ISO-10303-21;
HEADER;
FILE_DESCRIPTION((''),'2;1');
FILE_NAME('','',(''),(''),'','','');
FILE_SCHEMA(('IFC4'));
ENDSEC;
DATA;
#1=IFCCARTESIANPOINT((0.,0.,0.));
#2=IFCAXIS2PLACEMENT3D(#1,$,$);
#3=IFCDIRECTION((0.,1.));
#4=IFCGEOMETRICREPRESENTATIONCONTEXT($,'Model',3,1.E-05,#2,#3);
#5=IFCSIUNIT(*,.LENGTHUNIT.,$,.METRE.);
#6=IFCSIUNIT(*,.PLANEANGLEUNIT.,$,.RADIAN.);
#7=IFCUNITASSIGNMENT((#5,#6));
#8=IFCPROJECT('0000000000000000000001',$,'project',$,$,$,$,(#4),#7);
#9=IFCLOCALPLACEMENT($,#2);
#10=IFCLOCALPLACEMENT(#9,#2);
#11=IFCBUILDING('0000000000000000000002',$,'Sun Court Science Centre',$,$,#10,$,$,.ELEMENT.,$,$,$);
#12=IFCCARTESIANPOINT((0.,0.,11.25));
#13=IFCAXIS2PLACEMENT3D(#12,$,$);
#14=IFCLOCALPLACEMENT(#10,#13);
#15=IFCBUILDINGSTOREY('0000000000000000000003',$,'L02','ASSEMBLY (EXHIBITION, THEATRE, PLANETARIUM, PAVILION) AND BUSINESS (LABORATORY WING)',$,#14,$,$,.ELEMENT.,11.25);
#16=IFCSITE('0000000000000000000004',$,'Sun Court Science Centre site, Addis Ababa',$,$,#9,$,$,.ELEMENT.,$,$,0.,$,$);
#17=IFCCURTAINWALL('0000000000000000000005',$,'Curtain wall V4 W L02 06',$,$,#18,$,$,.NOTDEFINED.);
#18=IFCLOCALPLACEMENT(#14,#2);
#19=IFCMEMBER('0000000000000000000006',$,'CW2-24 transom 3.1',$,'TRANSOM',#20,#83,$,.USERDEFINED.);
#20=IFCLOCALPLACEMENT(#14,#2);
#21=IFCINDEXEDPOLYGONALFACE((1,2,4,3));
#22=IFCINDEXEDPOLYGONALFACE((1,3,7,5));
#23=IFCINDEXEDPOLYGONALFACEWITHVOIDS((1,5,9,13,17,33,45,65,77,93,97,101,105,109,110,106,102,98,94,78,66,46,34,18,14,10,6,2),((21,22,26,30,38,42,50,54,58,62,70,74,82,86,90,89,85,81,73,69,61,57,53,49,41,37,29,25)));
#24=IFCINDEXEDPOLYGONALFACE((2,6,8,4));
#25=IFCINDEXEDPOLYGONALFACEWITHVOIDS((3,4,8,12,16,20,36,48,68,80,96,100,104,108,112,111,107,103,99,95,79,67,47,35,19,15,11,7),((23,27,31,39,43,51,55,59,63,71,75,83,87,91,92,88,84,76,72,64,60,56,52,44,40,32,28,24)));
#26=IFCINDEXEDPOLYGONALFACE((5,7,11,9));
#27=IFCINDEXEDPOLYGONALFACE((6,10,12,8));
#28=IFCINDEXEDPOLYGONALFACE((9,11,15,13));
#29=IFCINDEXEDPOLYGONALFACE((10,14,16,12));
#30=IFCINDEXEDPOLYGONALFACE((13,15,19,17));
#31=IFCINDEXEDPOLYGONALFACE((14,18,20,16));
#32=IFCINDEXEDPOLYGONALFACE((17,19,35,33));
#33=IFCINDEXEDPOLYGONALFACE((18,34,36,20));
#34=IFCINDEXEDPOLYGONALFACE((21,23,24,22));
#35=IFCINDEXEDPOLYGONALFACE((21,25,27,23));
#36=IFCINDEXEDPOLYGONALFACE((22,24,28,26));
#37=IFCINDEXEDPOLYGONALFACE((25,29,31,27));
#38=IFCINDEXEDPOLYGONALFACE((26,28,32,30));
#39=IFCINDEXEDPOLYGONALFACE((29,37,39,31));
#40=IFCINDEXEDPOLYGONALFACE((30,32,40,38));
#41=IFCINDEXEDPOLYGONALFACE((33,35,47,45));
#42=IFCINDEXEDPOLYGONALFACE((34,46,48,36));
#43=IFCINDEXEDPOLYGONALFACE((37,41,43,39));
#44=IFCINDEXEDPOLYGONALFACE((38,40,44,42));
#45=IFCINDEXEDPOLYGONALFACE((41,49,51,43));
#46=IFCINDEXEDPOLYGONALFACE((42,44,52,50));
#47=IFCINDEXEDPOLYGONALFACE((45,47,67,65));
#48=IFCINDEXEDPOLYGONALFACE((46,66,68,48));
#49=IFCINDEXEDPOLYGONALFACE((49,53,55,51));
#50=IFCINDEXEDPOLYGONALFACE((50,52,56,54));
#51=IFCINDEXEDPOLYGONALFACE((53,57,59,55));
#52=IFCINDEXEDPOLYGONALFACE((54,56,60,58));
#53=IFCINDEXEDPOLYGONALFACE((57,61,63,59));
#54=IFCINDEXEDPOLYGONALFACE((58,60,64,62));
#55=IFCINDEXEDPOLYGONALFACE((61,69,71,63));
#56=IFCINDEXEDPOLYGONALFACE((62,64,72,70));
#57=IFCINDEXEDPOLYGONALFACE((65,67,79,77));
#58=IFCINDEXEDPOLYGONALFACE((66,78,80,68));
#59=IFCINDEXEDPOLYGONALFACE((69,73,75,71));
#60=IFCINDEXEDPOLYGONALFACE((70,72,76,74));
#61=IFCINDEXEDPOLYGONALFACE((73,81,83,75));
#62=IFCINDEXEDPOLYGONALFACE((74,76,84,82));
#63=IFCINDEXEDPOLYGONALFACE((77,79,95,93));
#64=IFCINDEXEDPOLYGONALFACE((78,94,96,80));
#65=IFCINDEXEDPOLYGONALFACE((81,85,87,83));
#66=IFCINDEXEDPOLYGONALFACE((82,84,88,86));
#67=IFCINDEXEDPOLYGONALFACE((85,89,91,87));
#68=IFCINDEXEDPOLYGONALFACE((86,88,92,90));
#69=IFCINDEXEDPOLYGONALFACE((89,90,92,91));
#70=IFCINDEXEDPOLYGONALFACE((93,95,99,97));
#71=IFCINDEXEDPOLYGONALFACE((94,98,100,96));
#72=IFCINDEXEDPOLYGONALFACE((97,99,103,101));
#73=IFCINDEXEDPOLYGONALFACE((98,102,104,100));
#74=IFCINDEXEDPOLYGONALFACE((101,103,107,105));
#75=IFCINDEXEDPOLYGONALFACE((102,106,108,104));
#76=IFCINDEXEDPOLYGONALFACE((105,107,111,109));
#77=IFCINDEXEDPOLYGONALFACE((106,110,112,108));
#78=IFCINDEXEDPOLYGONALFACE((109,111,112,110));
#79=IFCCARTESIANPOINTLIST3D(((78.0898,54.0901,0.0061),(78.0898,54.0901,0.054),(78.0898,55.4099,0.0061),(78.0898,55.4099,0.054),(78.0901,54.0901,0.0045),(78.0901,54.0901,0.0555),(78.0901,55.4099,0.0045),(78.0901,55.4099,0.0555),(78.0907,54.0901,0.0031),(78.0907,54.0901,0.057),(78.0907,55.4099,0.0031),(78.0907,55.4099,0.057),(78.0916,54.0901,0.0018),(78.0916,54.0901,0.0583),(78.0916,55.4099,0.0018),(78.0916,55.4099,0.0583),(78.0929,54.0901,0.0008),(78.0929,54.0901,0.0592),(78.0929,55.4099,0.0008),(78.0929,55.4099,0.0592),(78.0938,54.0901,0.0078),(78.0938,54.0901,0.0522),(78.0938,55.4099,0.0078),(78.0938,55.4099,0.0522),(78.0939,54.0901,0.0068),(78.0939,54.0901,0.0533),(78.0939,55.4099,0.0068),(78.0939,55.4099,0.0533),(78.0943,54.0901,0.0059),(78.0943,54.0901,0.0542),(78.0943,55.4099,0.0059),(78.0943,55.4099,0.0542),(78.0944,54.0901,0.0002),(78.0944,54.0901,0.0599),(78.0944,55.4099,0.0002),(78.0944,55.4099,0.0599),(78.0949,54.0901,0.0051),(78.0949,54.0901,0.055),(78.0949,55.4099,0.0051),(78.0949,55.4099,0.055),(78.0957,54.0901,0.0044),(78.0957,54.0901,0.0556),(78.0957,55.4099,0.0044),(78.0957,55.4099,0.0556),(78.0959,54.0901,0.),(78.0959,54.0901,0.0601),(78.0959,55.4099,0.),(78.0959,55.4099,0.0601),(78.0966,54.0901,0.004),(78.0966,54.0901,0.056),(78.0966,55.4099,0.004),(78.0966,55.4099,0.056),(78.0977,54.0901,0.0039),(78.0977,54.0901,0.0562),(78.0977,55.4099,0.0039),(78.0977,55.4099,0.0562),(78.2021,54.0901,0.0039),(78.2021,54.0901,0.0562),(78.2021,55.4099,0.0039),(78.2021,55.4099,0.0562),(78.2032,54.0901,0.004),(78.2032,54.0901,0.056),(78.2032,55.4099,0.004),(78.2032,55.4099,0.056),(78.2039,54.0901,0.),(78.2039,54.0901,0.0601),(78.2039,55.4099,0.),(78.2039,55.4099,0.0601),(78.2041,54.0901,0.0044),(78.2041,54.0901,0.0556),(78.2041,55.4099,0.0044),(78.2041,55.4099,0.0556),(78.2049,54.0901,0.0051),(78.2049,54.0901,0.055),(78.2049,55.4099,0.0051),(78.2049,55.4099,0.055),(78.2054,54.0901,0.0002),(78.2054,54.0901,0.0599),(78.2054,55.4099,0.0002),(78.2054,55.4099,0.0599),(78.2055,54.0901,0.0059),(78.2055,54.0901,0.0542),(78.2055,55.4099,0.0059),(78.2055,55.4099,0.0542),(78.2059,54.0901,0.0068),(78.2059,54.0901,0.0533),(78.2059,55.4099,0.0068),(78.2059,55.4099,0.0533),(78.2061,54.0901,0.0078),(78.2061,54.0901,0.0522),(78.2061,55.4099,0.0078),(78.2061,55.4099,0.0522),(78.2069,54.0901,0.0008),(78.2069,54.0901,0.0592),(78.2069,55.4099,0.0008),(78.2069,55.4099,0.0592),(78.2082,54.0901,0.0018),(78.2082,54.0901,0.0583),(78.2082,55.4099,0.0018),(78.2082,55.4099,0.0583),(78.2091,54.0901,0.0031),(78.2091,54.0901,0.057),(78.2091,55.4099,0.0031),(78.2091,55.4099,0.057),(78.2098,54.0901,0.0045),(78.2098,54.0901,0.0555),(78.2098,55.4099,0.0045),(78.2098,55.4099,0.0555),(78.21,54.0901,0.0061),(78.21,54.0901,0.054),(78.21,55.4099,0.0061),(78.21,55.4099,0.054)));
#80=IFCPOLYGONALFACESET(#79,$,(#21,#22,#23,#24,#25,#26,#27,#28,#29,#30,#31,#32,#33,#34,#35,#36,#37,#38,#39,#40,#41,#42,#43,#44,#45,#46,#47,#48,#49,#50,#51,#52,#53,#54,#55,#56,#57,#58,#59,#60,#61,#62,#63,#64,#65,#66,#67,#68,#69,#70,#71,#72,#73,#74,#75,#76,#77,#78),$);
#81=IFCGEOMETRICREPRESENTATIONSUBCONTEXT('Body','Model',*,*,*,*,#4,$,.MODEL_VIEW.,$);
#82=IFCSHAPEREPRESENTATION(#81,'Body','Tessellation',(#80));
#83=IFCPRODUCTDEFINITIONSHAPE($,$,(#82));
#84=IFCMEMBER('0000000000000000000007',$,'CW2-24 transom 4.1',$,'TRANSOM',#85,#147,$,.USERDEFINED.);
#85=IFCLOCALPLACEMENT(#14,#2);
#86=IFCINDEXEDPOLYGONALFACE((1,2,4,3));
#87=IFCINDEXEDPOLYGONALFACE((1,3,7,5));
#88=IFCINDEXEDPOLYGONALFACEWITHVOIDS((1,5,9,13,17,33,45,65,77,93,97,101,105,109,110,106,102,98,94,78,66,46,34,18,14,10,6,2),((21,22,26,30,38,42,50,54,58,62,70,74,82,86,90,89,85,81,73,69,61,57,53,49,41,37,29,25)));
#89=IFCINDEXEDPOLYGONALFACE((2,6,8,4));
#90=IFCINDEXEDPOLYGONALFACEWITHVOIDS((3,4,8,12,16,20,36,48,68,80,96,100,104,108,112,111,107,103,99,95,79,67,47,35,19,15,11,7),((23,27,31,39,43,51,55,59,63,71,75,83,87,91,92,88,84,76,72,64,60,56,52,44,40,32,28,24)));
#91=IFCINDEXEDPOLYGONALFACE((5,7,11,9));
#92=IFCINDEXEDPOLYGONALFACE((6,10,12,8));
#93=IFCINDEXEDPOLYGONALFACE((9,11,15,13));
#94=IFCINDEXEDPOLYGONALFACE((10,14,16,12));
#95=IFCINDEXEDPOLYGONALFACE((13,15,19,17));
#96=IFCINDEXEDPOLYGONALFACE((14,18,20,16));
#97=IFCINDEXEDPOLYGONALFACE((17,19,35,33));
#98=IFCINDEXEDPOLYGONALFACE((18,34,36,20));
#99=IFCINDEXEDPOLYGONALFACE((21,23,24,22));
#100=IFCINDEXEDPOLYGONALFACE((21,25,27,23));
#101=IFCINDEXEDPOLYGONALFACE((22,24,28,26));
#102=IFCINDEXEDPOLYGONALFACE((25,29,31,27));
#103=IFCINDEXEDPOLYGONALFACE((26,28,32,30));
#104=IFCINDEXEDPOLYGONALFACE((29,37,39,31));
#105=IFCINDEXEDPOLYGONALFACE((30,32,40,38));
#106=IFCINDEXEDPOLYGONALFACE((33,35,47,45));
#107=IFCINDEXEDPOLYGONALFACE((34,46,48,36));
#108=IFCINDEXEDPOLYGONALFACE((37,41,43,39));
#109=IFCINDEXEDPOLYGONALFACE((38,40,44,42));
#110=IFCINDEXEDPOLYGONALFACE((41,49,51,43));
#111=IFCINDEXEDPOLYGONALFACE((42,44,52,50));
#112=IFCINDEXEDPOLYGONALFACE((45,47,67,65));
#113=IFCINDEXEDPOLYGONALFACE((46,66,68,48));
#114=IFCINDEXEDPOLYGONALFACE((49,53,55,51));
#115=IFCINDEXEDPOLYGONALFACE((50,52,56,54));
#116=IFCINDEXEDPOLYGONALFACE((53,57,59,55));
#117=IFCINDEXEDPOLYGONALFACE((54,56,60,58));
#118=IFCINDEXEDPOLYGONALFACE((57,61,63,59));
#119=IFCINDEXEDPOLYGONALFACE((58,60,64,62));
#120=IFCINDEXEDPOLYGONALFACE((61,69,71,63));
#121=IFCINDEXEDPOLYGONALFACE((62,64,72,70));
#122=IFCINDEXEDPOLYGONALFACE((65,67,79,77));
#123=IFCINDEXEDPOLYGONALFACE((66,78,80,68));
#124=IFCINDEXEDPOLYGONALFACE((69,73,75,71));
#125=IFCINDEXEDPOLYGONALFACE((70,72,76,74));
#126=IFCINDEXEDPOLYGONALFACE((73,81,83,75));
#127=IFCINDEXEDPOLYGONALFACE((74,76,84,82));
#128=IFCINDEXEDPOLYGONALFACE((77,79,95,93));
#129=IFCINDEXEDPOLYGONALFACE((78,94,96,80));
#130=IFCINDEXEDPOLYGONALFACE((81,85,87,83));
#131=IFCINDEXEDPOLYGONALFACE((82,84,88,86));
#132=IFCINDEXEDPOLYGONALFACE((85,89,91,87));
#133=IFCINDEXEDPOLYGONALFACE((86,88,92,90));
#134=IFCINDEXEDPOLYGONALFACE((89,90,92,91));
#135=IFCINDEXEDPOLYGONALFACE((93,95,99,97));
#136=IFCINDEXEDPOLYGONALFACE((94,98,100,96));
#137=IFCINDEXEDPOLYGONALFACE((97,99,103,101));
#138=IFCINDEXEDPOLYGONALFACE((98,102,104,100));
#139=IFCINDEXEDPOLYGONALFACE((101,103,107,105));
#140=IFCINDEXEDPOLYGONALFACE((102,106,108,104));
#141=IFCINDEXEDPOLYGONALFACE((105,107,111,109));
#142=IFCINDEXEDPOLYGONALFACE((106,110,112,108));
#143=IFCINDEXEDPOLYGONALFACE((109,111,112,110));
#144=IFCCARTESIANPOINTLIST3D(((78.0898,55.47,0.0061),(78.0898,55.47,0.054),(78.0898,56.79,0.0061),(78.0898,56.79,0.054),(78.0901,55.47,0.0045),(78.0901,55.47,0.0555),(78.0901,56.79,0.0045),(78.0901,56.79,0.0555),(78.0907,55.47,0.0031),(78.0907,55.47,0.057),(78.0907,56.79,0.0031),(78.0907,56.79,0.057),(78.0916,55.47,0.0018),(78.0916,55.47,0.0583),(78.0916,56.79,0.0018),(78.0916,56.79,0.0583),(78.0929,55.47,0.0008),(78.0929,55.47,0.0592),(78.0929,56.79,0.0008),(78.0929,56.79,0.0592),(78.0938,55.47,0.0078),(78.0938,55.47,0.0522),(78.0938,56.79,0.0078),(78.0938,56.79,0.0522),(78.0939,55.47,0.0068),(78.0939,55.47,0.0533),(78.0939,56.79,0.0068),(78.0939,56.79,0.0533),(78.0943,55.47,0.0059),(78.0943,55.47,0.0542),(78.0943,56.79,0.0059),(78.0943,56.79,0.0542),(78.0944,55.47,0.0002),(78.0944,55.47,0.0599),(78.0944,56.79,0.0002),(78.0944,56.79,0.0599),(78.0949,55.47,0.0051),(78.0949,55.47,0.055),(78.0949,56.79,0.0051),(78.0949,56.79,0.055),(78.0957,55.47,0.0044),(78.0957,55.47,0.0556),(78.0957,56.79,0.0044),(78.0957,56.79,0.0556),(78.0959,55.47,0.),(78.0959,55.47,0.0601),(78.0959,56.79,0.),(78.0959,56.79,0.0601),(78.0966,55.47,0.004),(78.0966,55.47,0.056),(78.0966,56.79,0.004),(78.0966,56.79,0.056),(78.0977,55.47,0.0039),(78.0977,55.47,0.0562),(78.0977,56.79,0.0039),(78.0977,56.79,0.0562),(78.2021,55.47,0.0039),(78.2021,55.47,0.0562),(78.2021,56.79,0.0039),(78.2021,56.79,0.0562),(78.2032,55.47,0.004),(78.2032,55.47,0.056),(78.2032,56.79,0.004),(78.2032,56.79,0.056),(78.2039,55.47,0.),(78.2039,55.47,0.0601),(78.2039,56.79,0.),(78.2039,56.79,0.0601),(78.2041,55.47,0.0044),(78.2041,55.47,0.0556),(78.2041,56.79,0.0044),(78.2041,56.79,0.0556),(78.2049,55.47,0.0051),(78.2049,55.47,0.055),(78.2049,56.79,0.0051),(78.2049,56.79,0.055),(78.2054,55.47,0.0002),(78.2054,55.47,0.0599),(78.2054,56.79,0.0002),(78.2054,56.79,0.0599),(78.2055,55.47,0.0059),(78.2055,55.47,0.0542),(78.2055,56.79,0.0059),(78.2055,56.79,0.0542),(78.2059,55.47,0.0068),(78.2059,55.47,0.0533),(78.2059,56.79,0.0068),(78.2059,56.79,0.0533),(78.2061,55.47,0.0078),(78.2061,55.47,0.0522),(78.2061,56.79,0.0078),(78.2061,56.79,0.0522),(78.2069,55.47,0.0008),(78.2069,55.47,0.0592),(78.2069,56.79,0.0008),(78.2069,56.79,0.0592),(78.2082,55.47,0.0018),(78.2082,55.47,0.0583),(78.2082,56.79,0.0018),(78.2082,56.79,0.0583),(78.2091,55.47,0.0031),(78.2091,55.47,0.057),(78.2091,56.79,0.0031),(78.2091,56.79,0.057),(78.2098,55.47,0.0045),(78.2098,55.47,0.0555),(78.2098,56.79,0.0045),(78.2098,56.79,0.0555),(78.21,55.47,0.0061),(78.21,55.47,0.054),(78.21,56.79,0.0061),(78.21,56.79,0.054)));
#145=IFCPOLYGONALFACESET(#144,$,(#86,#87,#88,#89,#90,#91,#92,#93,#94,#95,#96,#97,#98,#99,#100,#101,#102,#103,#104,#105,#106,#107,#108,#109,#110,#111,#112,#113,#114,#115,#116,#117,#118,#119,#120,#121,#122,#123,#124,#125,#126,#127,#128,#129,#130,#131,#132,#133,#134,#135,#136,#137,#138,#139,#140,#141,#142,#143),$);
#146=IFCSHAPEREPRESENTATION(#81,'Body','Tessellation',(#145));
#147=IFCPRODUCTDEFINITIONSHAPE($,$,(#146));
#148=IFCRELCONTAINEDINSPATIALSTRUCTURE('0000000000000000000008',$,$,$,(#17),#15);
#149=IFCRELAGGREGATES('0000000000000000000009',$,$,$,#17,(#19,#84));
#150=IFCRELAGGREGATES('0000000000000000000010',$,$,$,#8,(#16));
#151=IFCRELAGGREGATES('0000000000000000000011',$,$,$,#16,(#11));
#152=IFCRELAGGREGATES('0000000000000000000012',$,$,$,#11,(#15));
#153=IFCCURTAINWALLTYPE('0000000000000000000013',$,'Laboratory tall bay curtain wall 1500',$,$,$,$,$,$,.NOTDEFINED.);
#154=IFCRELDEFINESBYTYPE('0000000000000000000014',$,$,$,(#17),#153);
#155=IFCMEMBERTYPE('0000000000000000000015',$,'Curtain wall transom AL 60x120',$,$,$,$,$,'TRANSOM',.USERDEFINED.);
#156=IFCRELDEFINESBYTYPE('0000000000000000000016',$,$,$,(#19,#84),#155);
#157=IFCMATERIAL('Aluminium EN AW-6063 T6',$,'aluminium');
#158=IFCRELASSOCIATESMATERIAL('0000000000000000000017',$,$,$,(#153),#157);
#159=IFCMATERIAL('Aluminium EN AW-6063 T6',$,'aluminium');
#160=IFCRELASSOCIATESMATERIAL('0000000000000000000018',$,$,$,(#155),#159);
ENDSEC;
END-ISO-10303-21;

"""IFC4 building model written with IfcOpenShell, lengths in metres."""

from ifc_helpers import new_model, si_unit, direction, frame, origin, origin_2d, place, context, subcontext, project, spatial, hollow_rectangle, extrude, material, material_profile, profile_set, type_object, element, aggregate, save


model = new_model("IFC4")

# Units and contexts
model_context = context("Model", 3, precision=1e-05, world=origin(), true_north=direction((0.0, 1.0)))
body_context = subcontext(model_context, "Body", "Model", "MODEL_VIEW")
ifc_project = project(units=[si_unit("LENGTHUNIT", "METRE"), si_unit("PLANEANGLEUNIT", "RADIAN")], contexts=[model_context])

# Site, building, storey
site_placement = place(None, origin())
site = spatial("IfcSite", under=ifc_project, at=site_placement, Name="Sun Court Science Centre site, Addis Ababa", CompositionType="ELEMENT", RefElevation=0.0)
building_placement = place(site_placement, origin())
building = spatial("IfcBuilding", under=site, at=building_placement, Name="Sun Court Science Centre", CompositionType="ELEMENT")
storey_placement = place(building_placement, frame((0.0, 0.0, 11.25)))
storey = spatial("IfcBuildingStorey", under=building, at=storey_placement, Name="L02", Description="ASSEMBLY (EXHIBITION, THEATRE, PLANETARIUM, PAVILION) AND BUSINESS (LABORATORY WING)", CompositionType="ELEMENT", Elevation=11.25)

# Shared definitions
ifc_material_1 = material(Name="Aluminium EN AW-6063 T6", Category="aluminium")
curtain_wall_type = type_object("IfcCurtainWallType", Name="Laboratory tall bay curtain wall 1500", PredefinedType="NOTDEFINED", material=ifc_material_1)

# Curtain wall, members
curtain_wall_1_placement = place(storey_placement, origin())
curtain_wall_1 = element("IfcCurtainWall", 1, at=curtain_wall_1_placement, inside=storey, type_object=curtain_wall_type, Name="Curtain wall V4 W L02 06", PredefinedType="NOTDEFINED")
ifc_material_2 = material(Name="Aluminium EN AW-6063 T6", Category="aluminium")
ifc_material_profile_1 = material_profile(ifc_material_2, hollow_rectangle(XDim=0.0601, YDim=0.1201, WallThickness=0.0039, InnerFilletRadius=0.0039, OuterFilletRadius=0.0061, at=origin_2d()), Name="AL 60x120x4")
ifc_profile_set_1 = profile_set([ifc_material_profile_1], Name="Aluminium EN AW-6063 T6")
member_type_1 = type_object("IfcMemberType", Name="Curtain wall transom AL 60x120", ElementType="TRANSOM", PredefinedType="USERDEFINED", material=ifc_profile_set_1)
member_1_placement = place(storey_placement, frame((78.1499, 54.0901, 0.03), z_axis=(0.0, 1.0, 0.0), x_axis=(0.0, 0.0, 1.0)))
member_1 = element("IfcMember", 2, at=member_1_placement, type_object=member_type_1, Name="CW2-24 transom 3.1", ObjectType="TRANSOM", PredefinedType="USERDEFINED", context=body_context, shape_type="SweptSolid", body=[
    extrude(hollow_rectangle(XDim=0.0601, YDim=0.1201, WallThickness=0.0039, InnerFilletRadius=0.0039, OuterFilletRadius=0.0061, at=origin_2d()), origin(), (0.0, 0.0, 1.0), 1.3198),
])
member_2_placement = place(storey_placement, frame((78.1499, 55.47, 0.03), z_axis=(0.0, 1.0, 0.0), x_axis=(0.0, 0.0, 1.0)))
member_2 = element("IfcMember", 3, at=member_2_placement, type_object=member_type_1, Name="CW2-24 transom 4.1", ObjectType="TRANSOM", PredefinedType="USERDEFINED", context=body_context, shape_type="SweptSolid", body=[
    extrude(hollow_rectangle(XDim=0.0601, YDim=0.1201, WallThickness=0.0039, InnerFilletRadius=0.0039, OuterFilletRadius=0.0061, at=origin_2d()), origin(), (0.0, 0.0, 1.0), 1.3201),
])
aggregate(curtain_wall_1, [member_1, member_2])

save(model, "model.ifc")
